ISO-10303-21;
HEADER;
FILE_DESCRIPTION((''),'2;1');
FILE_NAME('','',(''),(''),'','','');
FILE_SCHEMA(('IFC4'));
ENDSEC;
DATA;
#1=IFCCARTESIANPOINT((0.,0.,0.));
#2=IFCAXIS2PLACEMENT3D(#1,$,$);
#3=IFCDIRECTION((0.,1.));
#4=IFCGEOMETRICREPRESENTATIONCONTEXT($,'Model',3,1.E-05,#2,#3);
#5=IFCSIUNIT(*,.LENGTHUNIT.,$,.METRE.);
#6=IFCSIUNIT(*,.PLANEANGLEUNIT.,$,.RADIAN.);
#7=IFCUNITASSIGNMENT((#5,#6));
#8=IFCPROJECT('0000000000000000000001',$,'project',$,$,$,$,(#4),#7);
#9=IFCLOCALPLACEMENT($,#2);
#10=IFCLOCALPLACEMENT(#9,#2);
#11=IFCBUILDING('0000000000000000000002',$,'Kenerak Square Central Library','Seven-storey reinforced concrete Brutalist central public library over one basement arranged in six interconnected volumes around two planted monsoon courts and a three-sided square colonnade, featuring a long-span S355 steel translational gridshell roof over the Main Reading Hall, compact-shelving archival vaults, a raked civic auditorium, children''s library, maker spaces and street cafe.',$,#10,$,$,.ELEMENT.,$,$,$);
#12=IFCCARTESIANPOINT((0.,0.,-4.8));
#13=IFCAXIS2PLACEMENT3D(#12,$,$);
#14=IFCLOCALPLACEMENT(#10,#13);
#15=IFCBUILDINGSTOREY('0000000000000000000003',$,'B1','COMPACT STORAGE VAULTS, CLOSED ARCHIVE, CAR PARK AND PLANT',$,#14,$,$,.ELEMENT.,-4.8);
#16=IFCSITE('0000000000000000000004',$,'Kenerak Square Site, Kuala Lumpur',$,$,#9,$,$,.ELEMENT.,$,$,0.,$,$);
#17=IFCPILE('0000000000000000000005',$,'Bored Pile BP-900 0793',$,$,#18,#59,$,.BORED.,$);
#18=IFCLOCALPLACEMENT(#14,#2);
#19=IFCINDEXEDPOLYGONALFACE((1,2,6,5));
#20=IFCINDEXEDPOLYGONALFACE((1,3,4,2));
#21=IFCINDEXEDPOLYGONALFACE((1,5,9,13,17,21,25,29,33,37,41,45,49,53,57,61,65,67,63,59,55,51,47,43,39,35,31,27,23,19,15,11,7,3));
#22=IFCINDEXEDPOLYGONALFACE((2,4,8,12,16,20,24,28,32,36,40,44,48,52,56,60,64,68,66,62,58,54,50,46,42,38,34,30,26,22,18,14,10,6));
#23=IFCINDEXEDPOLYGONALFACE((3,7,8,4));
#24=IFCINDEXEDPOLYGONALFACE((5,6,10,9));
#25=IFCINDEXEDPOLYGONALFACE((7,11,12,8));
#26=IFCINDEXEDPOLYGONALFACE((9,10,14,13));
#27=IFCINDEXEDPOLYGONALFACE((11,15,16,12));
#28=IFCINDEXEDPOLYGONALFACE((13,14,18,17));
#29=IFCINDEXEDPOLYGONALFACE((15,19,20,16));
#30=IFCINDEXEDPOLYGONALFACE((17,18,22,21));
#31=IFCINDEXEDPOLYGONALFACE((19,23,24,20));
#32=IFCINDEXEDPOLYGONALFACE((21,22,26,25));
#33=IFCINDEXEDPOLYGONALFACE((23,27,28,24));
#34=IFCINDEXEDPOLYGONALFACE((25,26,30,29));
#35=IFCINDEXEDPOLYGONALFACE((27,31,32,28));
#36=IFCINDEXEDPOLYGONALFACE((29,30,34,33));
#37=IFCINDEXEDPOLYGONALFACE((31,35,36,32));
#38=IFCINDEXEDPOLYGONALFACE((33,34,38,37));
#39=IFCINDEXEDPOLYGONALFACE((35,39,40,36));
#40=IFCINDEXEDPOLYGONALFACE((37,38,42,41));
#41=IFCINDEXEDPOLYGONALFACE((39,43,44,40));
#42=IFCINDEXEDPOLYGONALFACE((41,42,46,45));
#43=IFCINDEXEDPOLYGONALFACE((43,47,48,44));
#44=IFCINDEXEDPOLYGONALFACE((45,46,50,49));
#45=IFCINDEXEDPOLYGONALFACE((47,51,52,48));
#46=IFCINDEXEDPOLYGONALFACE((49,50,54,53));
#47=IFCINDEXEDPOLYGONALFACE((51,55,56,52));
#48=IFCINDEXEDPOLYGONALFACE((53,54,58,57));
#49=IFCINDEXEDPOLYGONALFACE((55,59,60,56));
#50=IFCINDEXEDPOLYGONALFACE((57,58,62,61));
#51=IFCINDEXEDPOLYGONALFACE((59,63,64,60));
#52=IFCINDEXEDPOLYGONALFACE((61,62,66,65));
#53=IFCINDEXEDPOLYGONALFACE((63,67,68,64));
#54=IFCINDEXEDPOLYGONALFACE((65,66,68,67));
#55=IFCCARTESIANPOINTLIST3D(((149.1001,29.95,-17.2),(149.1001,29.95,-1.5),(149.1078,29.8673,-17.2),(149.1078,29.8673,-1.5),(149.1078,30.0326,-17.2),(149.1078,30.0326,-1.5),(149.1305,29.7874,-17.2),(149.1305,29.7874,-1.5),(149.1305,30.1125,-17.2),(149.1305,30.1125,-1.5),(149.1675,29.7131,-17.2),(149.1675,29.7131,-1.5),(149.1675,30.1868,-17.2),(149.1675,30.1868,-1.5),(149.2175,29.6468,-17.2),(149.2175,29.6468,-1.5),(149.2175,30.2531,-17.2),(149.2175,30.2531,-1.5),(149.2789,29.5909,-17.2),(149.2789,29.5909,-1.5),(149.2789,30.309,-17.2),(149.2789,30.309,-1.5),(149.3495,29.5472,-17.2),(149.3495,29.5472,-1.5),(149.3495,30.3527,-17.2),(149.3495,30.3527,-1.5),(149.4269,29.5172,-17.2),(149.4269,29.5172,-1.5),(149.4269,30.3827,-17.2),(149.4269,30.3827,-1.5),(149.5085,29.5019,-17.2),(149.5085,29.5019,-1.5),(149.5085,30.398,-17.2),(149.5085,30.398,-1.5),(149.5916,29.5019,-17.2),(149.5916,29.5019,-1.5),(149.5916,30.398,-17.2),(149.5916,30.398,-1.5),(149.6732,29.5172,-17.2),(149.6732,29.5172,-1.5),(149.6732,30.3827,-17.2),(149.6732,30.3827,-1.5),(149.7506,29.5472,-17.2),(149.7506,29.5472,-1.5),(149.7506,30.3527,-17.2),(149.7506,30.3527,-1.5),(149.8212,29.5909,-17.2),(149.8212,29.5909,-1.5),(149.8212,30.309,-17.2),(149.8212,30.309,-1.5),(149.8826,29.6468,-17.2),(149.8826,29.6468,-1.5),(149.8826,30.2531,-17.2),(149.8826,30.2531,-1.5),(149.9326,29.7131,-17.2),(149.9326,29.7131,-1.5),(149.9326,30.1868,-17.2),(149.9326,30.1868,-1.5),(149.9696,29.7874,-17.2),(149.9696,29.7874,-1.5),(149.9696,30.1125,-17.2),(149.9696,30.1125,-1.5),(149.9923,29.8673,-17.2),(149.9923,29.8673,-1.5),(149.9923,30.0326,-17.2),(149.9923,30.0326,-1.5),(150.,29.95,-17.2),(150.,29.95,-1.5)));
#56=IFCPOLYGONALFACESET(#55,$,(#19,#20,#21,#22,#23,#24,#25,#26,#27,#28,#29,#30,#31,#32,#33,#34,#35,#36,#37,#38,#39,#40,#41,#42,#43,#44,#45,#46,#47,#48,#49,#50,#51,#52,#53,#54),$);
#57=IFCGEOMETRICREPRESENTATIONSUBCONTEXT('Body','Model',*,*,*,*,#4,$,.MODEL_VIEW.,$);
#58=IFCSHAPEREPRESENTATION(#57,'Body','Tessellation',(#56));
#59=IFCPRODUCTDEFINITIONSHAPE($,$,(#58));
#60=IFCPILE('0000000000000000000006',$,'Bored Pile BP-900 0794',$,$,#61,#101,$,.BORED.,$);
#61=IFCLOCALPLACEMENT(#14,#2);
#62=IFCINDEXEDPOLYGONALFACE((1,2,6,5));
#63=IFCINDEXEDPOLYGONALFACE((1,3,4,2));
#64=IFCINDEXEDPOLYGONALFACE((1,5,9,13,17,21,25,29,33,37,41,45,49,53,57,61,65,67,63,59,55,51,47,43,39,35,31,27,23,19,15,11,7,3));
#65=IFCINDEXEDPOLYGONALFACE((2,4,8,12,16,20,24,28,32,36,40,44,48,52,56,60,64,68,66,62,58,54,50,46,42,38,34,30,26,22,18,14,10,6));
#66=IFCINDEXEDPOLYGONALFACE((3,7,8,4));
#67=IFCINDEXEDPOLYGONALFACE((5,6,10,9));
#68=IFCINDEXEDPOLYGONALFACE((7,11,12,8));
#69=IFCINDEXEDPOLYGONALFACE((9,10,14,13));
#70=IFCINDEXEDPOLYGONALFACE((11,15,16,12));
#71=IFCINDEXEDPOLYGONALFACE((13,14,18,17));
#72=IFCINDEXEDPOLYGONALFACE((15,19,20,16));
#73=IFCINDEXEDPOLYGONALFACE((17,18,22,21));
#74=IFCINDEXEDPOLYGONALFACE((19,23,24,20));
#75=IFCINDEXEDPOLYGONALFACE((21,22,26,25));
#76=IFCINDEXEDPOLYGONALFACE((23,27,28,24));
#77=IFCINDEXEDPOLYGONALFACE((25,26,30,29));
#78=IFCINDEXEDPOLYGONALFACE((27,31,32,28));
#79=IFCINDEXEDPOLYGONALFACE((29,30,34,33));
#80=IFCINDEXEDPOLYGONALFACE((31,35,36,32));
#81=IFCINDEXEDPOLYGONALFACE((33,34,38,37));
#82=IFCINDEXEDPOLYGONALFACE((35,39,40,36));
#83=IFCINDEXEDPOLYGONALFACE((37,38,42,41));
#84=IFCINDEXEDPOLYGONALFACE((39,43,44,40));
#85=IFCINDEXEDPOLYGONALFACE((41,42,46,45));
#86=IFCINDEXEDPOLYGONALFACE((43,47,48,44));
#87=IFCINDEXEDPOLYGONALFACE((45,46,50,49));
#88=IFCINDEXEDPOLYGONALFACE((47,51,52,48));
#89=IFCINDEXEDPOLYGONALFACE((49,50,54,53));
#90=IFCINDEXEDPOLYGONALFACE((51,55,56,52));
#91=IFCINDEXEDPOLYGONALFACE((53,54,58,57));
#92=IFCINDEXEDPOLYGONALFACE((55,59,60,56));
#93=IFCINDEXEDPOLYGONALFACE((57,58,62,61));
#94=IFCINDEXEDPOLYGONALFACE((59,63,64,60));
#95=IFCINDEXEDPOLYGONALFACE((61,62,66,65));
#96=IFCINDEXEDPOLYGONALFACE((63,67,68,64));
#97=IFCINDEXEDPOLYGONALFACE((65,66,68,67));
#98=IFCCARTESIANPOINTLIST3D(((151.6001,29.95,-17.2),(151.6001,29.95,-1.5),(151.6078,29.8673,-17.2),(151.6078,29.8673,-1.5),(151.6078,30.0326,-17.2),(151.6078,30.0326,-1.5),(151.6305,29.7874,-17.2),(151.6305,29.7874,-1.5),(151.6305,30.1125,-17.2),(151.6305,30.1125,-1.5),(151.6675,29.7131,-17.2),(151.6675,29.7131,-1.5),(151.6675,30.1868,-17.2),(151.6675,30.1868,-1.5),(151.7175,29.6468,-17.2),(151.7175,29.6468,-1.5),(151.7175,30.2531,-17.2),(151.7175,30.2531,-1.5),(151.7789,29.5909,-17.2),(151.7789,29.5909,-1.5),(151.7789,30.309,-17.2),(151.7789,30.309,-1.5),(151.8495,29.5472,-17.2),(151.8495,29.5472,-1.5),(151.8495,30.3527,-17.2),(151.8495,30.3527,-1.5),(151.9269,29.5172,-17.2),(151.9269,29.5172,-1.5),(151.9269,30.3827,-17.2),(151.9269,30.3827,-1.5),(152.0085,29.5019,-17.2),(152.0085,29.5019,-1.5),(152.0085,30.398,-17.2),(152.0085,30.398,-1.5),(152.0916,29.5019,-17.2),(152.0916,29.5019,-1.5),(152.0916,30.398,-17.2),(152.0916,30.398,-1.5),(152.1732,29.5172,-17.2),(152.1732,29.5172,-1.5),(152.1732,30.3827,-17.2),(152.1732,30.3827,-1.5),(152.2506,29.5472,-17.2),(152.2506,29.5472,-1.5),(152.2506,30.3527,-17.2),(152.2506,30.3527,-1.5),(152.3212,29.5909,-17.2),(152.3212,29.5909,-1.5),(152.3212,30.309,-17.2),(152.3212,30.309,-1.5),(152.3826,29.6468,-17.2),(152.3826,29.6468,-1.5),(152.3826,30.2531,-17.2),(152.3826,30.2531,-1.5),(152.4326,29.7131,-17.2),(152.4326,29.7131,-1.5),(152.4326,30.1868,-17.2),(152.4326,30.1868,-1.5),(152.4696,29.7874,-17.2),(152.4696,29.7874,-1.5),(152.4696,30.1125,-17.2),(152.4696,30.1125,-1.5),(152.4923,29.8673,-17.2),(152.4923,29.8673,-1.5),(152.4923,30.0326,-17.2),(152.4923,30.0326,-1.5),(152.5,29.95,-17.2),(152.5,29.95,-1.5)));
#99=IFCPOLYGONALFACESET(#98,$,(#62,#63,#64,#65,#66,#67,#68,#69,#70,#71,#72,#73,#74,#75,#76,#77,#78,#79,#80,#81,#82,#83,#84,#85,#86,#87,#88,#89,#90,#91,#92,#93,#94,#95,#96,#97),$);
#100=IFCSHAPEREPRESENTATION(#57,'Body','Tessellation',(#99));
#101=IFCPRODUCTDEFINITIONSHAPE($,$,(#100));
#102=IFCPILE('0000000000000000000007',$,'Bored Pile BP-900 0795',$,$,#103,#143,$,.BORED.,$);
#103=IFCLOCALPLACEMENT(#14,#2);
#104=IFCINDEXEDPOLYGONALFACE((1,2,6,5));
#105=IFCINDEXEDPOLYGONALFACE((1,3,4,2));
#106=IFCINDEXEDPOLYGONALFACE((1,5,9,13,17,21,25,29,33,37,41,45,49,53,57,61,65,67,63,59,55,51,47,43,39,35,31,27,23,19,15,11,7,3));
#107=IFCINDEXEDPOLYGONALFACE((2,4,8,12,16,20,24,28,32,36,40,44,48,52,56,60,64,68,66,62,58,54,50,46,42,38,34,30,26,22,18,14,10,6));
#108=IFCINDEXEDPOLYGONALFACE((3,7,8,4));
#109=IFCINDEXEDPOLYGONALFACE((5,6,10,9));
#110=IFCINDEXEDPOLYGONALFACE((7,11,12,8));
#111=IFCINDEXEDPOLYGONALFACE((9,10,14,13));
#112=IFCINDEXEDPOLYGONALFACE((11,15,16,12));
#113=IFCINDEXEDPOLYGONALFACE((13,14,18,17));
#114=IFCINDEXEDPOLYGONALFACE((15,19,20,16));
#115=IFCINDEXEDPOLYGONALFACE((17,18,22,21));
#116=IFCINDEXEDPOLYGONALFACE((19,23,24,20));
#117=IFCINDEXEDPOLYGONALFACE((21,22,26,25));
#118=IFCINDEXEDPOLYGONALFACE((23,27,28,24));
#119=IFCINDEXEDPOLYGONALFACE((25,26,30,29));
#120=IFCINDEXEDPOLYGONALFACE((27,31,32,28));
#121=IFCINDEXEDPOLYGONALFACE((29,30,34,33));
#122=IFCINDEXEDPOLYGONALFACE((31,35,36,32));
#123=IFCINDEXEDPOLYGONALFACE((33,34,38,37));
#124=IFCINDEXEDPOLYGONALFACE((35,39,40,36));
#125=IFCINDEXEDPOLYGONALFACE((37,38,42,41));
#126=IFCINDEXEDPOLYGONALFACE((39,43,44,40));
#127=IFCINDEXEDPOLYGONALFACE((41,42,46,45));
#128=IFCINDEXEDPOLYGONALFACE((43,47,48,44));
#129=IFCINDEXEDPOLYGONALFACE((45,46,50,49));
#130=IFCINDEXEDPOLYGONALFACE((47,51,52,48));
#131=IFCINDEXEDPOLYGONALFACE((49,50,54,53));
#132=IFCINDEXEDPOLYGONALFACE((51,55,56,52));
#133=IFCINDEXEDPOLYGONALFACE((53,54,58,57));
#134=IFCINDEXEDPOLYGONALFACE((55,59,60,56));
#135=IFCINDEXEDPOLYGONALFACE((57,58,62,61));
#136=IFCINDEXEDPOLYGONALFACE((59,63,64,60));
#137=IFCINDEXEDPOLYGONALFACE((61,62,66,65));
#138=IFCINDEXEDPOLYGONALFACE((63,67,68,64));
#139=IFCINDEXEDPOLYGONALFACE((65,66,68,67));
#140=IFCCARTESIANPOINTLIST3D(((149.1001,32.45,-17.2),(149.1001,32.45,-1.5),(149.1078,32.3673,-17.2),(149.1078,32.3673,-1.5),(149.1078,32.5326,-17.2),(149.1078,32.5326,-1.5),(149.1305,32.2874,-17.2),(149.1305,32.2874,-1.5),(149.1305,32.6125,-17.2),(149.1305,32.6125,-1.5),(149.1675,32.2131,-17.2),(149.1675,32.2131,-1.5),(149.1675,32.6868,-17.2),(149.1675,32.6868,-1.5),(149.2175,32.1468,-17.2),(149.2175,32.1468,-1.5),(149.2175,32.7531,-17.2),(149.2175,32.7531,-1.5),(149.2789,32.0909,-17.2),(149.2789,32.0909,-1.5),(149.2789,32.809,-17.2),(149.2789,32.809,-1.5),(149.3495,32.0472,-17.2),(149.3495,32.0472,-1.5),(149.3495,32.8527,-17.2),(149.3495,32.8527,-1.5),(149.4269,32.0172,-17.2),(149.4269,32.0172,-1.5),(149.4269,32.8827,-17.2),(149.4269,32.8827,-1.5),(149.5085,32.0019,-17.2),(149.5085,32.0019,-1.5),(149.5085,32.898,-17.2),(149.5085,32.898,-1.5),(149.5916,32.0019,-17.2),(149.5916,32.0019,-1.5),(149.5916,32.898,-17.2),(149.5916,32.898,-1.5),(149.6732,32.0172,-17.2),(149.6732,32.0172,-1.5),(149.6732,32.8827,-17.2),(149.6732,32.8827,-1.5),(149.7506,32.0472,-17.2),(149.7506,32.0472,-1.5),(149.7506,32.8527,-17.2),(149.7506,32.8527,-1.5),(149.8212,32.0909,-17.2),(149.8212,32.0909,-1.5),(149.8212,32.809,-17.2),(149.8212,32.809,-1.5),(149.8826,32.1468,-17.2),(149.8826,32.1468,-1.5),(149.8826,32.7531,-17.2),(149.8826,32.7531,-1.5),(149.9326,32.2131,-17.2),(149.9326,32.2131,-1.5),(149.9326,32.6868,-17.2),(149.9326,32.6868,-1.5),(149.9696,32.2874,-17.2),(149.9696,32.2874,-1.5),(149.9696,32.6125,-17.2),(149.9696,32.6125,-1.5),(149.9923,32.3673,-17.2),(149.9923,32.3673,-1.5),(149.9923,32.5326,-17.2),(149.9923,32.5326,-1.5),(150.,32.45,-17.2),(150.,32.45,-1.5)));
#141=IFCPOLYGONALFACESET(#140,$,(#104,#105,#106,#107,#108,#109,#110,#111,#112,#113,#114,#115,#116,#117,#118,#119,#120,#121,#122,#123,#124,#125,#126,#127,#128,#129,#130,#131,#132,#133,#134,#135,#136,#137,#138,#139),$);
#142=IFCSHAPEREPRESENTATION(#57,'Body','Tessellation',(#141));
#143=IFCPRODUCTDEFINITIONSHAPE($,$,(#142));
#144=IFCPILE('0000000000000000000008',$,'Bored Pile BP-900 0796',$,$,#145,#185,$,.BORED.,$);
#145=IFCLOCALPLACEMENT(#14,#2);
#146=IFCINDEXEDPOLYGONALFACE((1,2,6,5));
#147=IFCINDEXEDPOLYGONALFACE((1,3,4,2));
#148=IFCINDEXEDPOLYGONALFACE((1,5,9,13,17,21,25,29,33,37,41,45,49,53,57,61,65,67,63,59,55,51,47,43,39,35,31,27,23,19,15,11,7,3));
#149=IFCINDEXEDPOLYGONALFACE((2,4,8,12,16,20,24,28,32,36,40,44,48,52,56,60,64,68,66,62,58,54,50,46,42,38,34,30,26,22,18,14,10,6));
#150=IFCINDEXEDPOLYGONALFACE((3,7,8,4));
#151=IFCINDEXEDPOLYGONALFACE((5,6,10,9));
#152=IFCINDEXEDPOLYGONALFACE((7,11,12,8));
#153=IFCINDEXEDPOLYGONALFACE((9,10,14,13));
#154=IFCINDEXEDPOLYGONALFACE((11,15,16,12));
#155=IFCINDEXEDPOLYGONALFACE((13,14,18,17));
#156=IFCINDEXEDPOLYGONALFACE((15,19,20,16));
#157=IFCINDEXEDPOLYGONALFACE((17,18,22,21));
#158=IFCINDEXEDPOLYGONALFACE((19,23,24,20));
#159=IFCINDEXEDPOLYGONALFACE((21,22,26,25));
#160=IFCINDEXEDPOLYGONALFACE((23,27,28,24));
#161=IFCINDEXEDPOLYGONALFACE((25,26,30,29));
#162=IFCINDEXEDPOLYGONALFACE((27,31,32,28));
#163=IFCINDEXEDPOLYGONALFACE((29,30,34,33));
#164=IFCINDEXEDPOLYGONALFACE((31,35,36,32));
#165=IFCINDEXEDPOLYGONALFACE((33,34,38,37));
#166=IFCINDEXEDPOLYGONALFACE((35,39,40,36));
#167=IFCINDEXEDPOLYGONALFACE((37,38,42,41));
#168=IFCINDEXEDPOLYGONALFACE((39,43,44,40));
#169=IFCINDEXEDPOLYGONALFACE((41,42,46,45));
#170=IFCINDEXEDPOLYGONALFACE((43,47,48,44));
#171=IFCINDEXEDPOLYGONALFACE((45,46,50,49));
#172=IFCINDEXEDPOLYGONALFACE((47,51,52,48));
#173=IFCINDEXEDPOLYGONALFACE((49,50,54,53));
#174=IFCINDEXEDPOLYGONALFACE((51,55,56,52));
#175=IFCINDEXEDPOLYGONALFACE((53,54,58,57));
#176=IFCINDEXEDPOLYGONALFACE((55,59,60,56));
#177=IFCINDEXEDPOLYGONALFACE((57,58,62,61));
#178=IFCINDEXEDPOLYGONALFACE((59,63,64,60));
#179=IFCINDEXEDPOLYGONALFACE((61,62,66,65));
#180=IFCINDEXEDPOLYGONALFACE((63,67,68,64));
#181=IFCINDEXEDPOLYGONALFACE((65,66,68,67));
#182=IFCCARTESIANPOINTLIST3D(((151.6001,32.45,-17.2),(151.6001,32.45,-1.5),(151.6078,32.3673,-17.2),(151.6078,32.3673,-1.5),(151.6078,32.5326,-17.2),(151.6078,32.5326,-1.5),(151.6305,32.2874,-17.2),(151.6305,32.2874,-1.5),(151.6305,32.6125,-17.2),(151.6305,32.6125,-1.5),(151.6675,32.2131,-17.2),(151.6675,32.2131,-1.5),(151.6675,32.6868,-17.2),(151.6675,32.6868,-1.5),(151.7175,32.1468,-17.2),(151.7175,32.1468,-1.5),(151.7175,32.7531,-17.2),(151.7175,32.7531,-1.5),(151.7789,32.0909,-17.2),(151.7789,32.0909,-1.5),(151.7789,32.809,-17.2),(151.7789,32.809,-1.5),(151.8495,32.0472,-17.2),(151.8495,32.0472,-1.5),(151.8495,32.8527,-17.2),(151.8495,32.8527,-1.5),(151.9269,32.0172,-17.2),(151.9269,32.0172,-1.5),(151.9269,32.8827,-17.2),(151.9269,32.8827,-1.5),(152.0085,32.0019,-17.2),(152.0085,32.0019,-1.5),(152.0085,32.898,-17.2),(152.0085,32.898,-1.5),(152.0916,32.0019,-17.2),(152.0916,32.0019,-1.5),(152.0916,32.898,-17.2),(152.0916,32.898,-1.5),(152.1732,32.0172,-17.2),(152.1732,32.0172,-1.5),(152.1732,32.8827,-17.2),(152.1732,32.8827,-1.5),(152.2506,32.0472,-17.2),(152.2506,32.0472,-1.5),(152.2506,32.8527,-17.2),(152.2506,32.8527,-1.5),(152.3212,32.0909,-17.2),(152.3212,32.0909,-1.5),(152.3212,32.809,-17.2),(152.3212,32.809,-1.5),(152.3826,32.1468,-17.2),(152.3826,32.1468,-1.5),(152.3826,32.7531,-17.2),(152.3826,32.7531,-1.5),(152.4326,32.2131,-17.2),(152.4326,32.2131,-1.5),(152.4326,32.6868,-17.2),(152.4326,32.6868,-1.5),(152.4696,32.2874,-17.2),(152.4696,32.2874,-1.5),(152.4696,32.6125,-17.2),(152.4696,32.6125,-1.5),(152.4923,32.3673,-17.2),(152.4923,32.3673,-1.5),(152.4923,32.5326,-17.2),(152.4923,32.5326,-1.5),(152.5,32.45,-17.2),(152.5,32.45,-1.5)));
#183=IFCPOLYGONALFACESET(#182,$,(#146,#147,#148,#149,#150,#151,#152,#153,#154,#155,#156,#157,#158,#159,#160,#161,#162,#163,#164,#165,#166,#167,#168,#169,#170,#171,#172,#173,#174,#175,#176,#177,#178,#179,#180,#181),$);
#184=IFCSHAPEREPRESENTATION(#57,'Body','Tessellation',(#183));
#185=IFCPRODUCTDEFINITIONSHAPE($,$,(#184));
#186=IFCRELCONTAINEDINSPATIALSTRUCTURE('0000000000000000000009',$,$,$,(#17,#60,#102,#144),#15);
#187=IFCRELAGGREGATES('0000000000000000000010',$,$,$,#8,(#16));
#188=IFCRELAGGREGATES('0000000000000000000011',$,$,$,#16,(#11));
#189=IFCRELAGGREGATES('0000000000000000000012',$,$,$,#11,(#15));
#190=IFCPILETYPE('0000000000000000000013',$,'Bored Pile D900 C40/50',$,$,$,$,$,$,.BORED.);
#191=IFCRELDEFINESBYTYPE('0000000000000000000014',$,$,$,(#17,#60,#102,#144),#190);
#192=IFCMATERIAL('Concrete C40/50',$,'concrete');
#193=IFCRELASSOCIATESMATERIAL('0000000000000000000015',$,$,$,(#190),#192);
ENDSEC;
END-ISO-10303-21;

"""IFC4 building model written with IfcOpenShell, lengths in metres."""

from ifc_helpers import new_model, si_unit, direction, frame, origin, origin_2d, place, context, subcontext, project, spatial, circle, extrude, material, material_profile, profile_set, type_object, element, save


model = new_model("IFC4")

# Units and contexts
model_context = context("Model", 3, precision=1e-05, world=origin(), true_north=direction((0.0, 1.0)))
body_context = subcontext(model_context, "Body", "Model", "MODEL_VIEW")
ifc_project = project(units=[si_unit("LENGTHUNIT", "METRE"), si_unit("PLANEANGLEUNIT", "RADIAN")], contexts=[model_context])

# Site, building, storey
site_placement = place(None, origin())
site = spatial("IfcSite", under=ifc_project, at=site_placement, Name="Kenerak Square Site, Kuala Lumpur", CompositionType="ELEMENT", RefElevation=0.0)
building_placement = place(site_placement, origin())
building = spatial("IfcBuilding", under=site, at=building_placement, Name="Kenerak Square Central Library", Description="Seven-storey reinforced concrete Brutalist central public library over one basement arranged in six interconnected volumes around two planted monsoon courts and a three-sided square colonnade, featuring a long-span S355 steel translational gridshell roof over the Main Reading Hall, compact-shelving archival vaults, a raked civic auditorium, children's library, maker spaces and street cafe.", CompositionType="ELEMENT")
storey_placement = place(building_placement, frame((0.0, 0.0, -4.8)))
storey = spatial("IfcBuildingStorey", under=building, at=storey_placement, Name="B1", Description="COMPACT STORAGE VAULTS, CLOSED ARCHIVE, CAR PARK AND PLANT", CompositionType="ELEMENT", Elevation=-4.8)

# Piles
ifc_material_1 = material(Name="Concrete C40/50", Category="concrete")
ifc_material_profile_1 = material_profile(ifc_material_1, circle(Radius=0.45, at=origin_2d()), Name="BP D900")
ifc_profile_set_1 = profile_set([ifc_material_profile_1], Name="Concrete C40/50")
pile_type_1 = type_object("IfcPileType", Name="Bored Pile D900 C40/50", PredefinedType="BORED", material=ifc_profile_set_1)
for number, where, z_axis, x_axis, name in (
    (1, (149.55, 29.95, -1.5), (0.0, 0.0, -1.0), (1.0, 0.0, 0.0), "Bored Pile BP-900 0793"),
    (2, (152.05, 29.95, -1.5), (0.0, 0.0, -1.0), (1.0, 0.0, 0.0), "Bored Pile BP-900 0794"),
    (3, (149.55, 32.45, -1.5), (0.0, 0.0, -1.0), (1.0, 0.0, 0.0), "Bored Pile BP-900 0795"),
    (4, (152.05, 32.45, -1.5), (0.0, 0.0, -1.0), (1.0, 0.0, 0.0), "Bored Pile BP-900 0796"),
):
    element("IfcPile", number, at=place(storey_placement, frame(where, z_axis=z_axis, x_axis=x_axis)), inside=storey, type_object=pile_type_1, Name=name, PredefinedType="BORED", context=body_context, shape_type="SweptSolid", body=[
        extrude(circle(Radius=0.45, at=origin_2d()), origin(), (0.0, 0.0, 1.0), 15.7),
    ])

save(model, "model.ifc")
